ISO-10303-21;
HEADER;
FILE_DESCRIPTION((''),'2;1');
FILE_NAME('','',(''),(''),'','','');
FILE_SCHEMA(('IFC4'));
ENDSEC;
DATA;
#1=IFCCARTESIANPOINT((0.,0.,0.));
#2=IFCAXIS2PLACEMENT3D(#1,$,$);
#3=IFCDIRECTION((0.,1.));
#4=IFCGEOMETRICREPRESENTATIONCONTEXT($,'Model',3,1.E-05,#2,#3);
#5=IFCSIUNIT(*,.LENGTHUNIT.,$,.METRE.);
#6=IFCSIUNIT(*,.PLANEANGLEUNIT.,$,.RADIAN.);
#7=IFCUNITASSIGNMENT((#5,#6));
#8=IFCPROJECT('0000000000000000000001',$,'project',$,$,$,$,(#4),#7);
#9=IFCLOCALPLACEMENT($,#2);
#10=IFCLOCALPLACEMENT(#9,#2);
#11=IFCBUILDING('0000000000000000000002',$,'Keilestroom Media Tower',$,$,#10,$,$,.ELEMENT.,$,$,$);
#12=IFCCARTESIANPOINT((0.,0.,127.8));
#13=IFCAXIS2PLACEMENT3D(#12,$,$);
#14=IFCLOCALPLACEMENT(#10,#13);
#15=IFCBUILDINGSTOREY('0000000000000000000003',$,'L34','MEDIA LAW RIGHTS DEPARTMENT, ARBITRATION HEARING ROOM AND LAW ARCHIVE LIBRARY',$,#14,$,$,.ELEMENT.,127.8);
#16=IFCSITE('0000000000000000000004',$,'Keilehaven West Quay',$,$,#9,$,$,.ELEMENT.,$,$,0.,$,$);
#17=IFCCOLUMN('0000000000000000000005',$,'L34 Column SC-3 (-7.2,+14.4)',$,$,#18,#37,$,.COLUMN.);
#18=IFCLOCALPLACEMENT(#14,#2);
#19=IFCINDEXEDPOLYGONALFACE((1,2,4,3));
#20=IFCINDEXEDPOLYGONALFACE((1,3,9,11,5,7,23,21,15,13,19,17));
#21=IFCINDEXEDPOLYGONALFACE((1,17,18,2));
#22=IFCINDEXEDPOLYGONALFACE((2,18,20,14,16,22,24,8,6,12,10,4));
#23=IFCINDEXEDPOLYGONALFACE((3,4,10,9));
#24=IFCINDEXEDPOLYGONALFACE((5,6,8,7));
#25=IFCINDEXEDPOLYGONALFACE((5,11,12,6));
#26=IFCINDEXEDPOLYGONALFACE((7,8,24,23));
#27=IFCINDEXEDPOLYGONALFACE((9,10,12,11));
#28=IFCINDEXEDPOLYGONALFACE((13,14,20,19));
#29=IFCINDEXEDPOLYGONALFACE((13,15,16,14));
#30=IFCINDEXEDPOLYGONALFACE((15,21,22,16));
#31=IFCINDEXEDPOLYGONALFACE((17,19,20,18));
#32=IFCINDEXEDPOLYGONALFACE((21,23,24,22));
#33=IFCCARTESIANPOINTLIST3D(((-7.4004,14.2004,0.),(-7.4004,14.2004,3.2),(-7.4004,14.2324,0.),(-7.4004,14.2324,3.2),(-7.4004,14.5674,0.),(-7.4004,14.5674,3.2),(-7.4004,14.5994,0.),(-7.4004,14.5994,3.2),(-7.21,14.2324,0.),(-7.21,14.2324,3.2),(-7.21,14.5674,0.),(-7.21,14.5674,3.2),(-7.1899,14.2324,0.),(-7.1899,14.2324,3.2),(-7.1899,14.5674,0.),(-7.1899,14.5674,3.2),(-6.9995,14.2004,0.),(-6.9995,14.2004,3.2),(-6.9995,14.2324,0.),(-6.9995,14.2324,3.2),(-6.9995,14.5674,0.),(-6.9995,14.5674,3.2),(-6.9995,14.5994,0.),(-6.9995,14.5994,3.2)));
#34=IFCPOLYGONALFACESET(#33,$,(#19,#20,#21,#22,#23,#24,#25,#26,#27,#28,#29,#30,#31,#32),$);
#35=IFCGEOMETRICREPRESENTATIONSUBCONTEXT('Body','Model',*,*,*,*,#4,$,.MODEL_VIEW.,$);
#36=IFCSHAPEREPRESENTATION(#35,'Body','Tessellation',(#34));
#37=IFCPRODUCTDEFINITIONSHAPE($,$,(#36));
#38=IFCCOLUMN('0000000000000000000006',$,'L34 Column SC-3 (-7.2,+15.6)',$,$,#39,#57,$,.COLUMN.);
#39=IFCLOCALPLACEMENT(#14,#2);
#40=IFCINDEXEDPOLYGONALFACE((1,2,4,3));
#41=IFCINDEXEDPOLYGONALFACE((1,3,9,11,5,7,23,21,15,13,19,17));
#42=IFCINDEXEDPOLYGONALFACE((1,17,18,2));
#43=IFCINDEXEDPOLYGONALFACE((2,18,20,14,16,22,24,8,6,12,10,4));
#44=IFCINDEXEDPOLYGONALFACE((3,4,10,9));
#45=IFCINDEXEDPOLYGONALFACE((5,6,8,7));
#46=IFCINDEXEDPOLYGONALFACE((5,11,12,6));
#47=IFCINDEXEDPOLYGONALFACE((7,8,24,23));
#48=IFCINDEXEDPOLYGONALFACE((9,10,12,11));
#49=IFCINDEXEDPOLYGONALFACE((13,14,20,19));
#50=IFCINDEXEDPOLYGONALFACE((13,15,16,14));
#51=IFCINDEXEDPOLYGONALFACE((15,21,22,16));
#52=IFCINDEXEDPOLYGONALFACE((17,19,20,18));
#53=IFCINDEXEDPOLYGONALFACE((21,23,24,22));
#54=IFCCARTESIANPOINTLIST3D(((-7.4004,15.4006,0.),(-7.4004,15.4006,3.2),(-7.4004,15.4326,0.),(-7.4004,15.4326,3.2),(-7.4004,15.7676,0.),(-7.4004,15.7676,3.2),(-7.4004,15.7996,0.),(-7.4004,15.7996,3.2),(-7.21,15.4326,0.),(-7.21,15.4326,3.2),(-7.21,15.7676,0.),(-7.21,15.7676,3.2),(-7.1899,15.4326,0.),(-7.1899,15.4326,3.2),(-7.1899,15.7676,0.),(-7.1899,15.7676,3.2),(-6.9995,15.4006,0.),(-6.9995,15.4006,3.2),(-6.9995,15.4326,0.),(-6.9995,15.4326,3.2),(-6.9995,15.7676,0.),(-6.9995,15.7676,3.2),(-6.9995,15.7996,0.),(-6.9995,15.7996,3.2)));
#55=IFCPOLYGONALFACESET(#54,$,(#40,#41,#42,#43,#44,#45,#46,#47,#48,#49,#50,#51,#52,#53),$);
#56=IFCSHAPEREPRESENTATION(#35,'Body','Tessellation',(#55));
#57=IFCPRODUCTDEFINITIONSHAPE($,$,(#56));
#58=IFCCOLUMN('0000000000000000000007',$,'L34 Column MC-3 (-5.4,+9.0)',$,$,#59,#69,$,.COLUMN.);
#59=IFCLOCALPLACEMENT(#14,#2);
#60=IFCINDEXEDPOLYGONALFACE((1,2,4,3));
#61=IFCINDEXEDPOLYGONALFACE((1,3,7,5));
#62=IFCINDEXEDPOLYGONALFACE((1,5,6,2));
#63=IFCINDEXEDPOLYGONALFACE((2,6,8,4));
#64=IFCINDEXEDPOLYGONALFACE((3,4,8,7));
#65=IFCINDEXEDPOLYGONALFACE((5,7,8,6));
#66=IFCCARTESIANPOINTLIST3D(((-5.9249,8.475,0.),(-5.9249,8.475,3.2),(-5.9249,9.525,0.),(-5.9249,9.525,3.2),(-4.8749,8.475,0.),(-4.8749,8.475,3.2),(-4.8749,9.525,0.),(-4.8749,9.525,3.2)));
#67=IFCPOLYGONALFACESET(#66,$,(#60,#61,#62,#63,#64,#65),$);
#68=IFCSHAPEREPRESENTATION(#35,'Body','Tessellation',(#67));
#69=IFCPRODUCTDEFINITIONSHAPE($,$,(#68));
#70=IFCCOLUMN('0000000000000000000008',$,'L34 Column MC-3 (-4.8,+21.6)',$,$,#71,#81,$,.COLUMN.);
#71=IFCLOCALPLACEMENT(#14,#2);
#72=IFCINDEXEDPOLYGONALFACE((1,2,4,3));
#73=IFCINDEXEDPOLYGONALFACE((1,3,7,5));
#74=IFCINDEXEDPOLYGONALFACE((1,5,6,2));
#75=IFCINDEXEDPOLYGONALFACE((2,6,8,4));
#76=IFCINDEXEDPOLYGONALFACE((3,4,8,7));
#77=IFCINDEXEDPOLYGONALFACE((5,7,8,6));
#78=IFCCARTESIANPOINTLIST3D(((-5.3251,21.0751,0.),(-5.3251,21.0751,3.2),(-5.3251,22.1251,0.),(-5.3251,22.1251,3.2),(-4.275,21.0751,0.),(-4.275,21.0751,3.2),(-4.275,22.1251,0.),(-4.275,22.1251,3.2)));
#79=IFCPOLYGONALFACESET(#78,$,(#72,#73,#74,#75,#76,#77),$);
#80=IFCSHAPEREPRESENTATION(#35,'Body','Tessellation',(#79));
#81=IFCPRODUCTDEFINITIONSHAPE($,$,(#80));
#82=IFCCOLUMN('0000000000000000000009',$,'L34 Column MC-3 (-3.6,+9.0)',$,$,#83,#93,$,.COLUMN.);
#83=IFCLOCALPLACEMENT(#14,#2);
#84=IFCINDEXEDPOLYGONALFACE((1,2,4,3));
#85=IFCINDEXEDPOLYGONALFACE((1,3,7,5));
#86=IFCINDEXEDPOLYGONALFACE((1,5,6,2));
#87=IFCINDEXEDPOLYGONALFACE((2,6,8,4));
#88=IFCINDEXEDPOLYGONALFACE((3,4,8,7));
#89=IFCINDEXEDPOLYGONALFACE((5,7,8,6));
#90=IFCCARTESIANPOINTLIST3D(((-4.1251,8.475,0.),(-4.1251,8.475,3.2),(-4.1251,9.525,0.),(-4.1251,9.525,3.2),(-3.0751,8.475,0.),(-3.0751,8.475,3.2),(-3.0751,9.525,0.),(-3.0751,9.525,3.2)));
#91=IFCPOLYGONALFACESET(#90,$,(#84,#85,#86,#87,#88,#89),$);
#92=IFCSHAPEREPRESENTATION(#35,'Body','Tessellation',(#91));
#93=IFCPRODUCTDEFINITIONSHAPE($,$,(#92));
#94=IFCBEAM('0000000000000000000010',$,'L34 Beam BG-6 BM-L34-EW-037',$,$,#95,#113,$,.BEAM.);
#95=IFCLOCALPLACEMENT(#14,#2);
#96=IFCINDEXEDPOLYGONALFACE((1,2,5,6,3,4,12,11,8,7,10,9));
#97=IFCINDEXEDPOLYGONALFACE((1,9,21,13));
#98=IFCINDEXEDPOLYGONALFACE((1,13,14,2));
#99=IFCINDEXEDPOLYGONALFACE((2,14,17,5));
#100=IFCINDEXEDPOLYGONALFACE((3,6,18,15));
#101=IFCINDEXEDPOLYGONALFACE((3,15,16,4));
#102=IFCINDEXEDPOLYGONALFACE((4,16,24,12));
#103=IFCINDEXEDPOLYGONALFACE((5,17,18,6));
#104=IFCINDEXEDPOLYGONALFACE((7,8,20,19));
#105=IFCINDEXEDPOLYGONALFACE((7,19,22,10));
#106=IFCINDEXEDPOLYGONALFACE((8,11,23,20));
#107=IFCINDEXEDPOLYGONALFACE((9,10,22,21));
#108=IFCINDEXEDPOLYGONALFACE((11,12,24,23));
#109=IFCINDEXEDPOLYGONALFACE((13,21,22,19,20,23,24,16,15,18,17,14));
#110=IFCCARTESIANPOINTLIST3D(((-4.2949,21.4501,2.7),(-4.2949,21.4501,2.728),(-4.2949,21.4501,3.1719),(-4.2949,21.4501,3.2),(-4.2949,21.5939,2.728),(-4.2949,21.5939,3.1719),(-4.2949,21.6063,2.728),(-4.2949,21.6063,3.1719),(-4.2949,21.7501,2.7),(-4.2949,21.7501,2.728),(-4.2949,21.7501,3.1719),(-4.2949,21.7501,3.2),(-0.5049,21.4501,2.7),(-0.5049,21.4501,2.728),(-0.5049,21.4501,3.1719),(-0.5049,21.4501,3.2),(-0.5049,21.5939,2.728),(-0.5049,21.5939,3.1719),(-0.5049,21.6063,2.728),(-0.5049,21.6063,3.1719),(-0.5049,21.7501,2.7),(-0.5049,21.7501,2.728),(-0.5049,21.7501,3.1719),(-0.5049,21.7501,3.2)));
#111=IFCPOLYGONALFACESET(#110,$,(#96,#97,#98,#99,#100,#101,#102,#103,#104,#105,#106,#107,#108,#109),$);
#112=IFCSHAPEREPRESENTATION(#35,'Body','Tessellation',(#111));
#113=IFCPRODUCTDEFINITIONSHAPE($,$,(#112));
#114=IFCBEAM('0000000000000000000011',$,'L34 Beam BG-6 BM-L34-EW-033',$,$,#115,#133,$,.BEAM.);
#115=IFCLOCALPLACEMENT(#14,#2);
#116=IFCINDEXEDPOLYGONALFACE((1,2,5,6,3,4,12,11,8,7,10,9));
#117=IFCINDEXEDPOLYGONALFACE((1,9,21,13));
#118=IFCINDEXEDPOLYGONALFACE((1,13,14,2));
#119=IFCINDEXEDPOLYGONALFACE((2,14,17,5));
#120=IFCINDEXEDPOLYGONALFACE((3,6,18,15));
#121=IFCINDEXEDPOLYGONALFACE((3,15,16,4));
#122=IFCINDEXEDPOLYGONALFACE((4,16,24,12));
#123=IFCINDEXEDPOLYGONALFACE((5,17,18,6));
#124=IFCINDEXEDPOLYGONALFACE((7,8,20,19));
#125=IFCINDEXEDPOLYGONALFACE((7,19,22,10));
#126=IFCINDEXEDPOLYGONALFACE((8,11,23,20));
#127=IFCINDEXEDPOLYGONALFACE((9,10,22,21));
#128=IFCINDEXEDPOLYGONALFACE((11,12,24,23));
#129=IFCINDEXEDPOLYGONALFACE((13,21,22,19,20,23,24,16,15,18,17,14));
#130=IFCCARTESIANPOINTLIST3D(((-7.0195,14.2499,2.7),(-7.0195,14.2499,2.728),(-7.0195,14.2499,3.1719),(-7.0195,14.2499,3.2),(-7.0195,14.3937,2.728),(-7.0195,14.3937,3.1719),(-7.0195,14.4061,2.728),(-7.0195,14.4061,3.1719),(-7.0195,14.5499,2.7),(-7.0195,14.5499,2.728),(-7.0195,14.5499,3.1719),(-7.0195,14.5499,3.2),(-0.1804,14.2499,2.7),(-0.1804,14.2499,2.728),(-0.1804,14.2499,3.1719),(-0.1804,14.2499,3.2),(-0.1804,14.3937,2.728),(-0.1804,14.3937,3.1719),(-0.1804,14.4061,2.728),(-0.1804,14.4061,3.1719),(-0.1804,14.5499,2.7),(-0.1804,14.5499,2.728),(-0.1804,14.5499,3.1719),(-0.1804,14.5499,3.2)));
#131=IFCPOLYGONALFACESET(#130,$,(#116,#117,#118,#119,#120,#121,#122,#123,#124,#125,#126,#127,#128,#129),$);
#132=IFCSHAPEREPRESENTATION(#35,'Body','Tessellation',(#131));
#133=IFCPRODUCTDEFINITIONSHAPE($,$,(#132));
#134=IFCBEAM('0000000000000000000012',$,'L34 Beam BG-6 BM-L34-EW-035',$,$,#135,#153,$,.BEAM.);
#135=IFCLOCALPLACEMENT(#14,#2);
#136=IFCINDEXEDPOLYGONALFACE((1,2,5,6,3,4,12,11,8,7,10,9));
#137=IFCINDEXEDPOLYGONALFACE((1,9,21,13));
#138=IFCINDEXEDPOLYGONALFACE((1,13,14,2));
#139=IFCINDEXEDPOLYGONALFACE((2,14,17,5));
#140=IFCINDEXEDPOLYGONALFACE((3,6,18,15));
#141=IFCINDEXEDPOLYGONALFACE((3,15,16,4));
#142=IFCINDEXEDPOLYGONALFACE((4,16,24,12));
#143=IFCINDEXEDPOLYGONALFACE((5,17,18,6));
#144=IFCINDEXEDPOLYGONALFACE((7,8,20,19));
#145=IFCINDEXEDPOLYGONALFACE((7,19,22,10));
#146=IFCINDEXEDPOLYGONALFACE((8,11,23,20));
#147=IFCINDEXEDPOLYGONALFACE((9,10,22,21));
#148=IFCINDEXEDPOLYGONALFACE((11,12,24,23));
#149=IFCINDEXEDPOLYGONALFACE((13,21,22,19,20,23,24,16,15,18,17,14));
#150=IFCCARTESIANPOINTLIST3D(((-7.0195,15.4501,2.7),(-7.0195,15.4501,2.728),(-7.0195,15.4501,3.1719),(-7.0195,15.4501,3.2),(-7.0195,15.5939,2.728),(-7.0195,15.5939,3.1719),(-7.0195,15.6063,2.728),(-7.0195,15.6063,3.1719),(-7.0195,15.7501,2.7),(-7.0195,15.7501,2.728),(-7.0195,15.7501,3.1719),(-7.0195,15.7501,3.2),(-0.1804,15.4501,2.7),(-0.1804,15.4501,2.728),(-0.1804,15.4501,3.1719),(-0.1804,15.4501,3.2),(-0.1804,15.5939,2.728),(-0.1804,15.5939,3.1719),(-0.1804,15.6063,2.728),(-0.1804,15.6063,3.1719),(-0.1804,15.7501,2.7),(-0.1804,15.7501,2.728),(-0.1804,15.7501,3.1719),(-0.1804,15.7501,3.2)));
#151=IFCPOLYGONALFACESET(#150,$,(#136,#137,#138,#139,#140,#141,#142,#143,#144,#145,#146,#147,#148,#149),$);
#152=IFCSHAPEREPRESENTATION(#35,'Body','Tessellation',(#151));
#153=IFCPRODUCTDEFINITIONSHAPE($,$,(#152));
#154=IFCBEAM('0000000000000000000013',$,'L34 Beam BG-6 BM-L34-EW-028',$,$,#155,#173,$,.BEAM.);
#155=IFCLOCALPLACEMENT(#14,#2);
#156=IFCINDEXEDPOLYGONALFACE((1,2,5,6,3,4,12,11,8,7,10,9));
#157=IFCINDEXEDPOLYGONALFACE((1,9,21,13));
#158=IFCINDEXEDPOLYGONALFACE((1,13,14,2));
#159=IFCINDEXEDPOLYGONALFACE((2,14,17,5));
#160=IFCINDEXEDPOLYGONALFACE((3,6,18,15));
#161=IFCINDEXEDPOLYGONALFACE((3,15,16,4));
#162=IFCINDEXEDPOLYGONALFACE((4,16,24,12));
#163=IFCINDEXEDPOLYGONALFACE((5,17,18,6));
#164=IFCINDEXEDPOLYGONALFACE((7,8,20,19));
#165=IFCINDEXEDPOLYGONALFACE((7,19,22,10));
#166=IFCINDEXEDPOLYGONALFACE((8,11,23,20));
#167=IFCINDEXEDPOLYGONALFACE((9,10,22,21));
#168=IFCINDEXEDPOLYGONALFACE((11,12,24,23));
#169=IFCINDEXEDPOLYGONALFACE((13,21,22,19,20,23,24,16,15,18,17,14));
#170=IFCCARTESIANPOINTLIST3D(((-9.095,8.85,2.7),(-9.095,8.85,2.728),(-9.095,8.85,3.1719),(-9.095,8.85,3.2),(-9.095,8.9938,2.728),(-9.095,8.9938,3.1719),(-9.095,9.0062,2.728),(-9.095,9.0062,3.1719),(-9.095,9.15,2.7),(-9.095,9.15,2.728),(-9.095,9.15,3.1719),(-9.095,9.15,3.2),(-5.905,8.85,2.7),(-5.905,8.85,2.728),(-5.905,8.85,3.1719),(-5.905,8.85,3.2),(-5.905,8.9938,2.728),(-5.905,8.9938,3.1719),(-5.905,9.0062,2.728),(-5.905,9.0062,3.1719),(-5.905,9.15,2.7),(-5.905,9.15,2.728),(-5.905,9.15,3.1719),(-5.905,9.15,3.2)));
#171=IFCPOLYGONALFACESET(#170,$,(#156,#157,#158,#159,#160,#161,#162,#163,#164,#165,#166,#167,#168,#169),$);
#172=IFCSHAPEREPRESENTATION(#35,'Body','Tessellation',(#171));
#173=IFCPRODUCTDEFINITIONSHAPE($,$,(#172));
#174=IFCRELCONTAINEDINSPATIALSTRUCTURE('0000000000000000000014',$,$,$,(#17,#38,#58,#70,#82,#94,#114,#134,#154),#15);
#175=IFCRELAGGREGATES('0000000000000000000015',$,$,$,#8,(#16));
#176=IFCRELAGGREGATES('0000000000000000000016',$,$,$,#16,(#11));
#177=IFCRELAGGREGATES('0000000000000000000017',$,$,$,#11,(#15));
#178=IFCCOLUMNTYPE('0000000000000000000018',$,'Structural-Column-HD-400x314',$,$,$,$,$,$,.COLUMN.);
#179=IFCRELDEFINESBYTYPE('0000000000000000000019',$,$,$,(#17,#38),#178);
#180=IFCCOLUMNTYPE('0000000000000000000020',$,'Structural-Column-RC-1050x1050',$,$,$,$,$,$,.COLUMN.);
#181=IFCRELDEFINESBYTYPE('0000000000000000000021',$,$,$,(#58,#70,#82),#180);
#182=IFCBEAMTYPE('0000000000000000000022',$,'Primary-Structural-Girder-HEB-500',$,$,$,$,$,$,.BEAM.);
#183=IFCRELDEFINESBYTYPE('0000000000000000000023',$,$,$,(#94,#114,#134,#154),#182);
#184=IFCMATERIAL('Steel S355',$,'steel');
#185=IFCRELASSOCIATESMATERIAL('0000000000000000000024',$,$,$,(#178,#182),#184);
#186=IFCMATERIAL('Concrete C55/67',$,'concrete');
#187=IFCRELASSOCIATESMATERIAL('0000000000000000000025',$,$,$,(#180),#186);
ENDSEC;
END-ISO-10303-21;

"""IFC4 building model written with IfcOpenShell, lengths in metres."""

from ifc_helpers import new_model, si_unit, direction, frame, origin, origin_2d, place, context, subcontext, project, spatial, rectangle, i_section, extrude, source, transform, mapped, material, material_profile, profile_set, type_object, element, save


model = new_model("IFC4")

# Units and contexts
model_context = context("Model", 3, precision=1e-05, world=origin(), true_north=direction((0.0, 1.0)))
body_context = subcontext(model_context, "Body", "Model", "MODEL_VIEW")
ifc_project = project(units=[si_unit("LENGTHUNIT", "METRE"), si_unit("PLANEANGLEUNIT", "RADIAN")], contexts=[model_context])

# Site, building, storey
site_placement = place(None, origin())
site = spatial("IfcSite", under=ifc_project, at=site_placement, Name="Keilehaven West Quay", CompositionType="ELEMENT", RefElevation=0.0)
building_placement = place(site_placement, origin())
building = spatial("IfcBuilding", under=site, at=building_placement, Name="Keilestroom Media Tower", CompositionType="ELEMENT")
storey_placement = place(building_placement, frame((0.0, 0.0, 127.8)))
storey = spatial("IfcBuildingStorey", under=building, at=storey_placement, Name="L34", Description="MEDIA LAW RIGHTS DEPARTMENT, ARBITRATION HEARING ROOM AND LAW ARCHIVE LIBRARY", CompositionType="ELEMENT", Elevation=127.8)

# Columns
ifc_material_1 = material(Name="Steel S355", Category="steel")
ifc_material_profile_1 = material_profile(ifc_material_1, i_section(OverallWidth=0.4009, OverallDepth=0.3989, WebThickness=0.02, FlangeThickness=0.032, at=origin_2d()), Name="HD 400x314")
ifc_profile_set_1 = profile_set([ifc_material_profile_1], Name="Steel S355")
column_type_1 = type_object("IfcColumnType", Name="Structural-Column-HD-400x314", PredefinedType="COLUMN", material=ifc_profile_set_1)
shared_shape_1 = source(origin(), body_context, "Body", "SweptSolid", [
    extrude(i_section(OverallWidth=0.4009, OverallDepth=0.3989, WebThickness=0.02, FlangeThickness=0.032, at=origin_2d()), origin(), (0.0, 0.0, 1.0), 3.2),
])
for number, where, z_axis, x_axis, name in (
    (1, (-7.2, 14.3999, 0.0), (0.0, 0.0, 1.0), (1.0, 0.0, 0.0), "L34 Column SC-3 (-7.2,+14.4)"),
    (2, (-7.2, 15.6001, 0.0), (0.0, 0.0, 1.0), (1.0, 0.0, 0.0), "L34 Column SC-3 (-7.2,+15.6)"),
):
    element("IfcColumn", number, at=place(storey_placement, frame(where, z_axis=z_axis, x_axis=x_axis)), inside=storey, type_object=column_type_1, Name=name, PredefinedType="COLUMN", context=body_context, shape_type="MappedRepresentation", body=[
        mapped(shared_shape_1, transform((0.0, 0.0, 0.0), x_axis=(1.0, 0.0, 0.0), y_axis=(0.0, 1.0, 0.0), z_axis=(0.0, 0.0, 1.0), scale=1.0)),
    ])
ifc_material_2 = material(Name="Concrete C55/67", Category="concrete")
ifc_material_profile_2 = material_profile(ifc_material_2, rectangle(XDim=1.05, YDim=1.05, at=origin_2d()), Name="RC 1050x1050")
ifc_profile_set_2 = profile_set([ifc_material_profile_2], Name="Concrete C55/67")
column_type_2 = type_object("IfcColumnType", Name="Structural-Column-RC-1050x1050", PredefinedType="COLUMN", material=ifc_profile_set_2)
shared_shape_2 = source(origin(), body_context, "Body", "SweptSolid", [
    extrude(rectangle(XDim=1.05, YDim=1.05, at=origin_2d()), origin(), (0.0, 0.0, 1.0), 3.2),
])
for number, where, z_axis, x_axis, name in (
    (3, (-5.3999, 9.0, 0.0), (0.0, 0.0, 1.0), (1.0, 0.0, 0.0), "L34 Column MC-3 (-5.4,+9.0)"),
    (4, (-4.8, 21.6001, 0.0), (0.0, 0.0, 1.0), (1.0, 0.0, 0.0), "L34 Column MC-3 (-4.8,+21.6)"),
    (5, (-3.6001, 9.0, 0.0), (0.0, 0.0, 1.0), (1.0, 0.0, 0.0), "L34 Column MC-3 (-3.6,+9.0)"),
):
    element("IfcColumn", number, at=place(storey_placement, frame(where, z_axis=z_axis, x_axis=x_axis)), inside=storey, type_object=column_type_2, Name=name, PredefinedType="COLUMN", context=body_context, shape_type="MappedRepresentation", body=[
        mapped(shared_shape_2, transform((0.0, 0.0, 0.0), x_axis=(1.0, 0.0, 0.0), y_axis=(0.0, 1.0, 0.0), z_axis=(0.0, 0.0, 1.0), scale=1.0)),
    ])

# Beams
ifc_material_profile_3 = material_profile(ifc_material_1, i_section(OverallWidth=0.3, OverallDepth=0.5, WebThickness=0.0125, FlangeThickness=0.0281, at=origin_2d()), Name="HEB 500")
ifc_profile_set_3 = profile_set([ifc_material_profile_3], Name="Steel S355")
beam_type = type_object("IfcBeamType", Name="Primary-Structural-Girder-HEB-500", PredefinedType="BEAM", material=ifc_profile_set_3)
shared_shape_3 = source(origin(), body_context, "Body", "SweptSolid", [
    extrude(i_section(OverallWidth=0.3, OverallDepth=0.5, WebThickness=0.0125, FlangeThickness=0.0281, at=origin_2d()), origin(), (0.0, 0.0, 1.0), 3.79),
])
beam_1_placement = place(storey_placement, frame((-4.2949, 21.6001, 2.95), z_axis=(1.0, 0.0, 0.0), x_axis=(0.0, 1.0, 0.0)))
element("IfcBeam", 6, at=beam_1_placement, inside=storey, type_object=beam_type, Name="L34 Beam BG-6 BM-L34-EW-037", PredefinedType="BEAM", context=body_context, shape_type="MappedRepresentation", body=[
    mapped(shared_shape_3, transform((0.0, 0.0, 0.0), x_axis=(1.0, 0.0, 0.0), y_axis=(0.0, 1.0, 0.0), z_axis=(0.0, 0.0, 1.0), scale=1.0)),
])
shared_shape_4 = source(origin(), body_context, "Body", "SweptSolid", [
    extrude(i_section(OverallWidth=0.3, OverallDepth=0.5, WebThickness=0.0125, FlangeThickness=0.0281, at=origin_2d()), origin(), (0.0, 0.0, 1.0), 6.8391),
])
for number, where, z_axis, x_axis, name in (
    (7, (-7.0195, 14.3999, 2.95), (1.0, 0.0, 0.0), (0.0, 1.0, 0.0), "L34 Beam BG-6 BM-L34-EW-033"),
    (8, (-7.0195, 15.6001, 2.95), (1.0, 0.0, 0.0), (0.0, 1.0, 0.0), "L34 Beam BG-6 BM-L34-EW-035"),
):
    element("IfcBeam", number, at=place(storey_placement, frame(where, z_axis=z_axis, x_axis=x_axis)), inside=storey, type_object=beam_type, Name=name, PredefinedType="BEAM", context=body_context, shape_type="MappedRepresentation", body=[
        mapped(shared_shape_4, transform((0.0, 0.0, 0.0), x_axis=(1.0, 0.0, 0.0), y_axis=(0.0, 1.0, 0.0), z_axis=(0.0, 0.0, 1.0), scale=1.0)),
    ])
shared_shape_5 = source(origin(), body_context, "Body", "SweptSolid", [
    extrude(i_section(OverallWidth=0.3, OverallDepth=0.5, WebThickness=0.0125, FlangeThickness=0.0281, at=origin_2d()), origin(), (0.0, 0.0, 1.0), 3.1899),
])
beam_2_placement = place(storey_placement, frame((-9.095, 9.0, 2.95), z_axis=(1.0, 0.0, 0.0), x_axis=(0.0, 1.0, 0.0)))
element("IfcBeam", 9, at=beam_2_placement, inside=storey, type_object=beam_type, Name="L34 Beam BG-6 BM-L34-EW-028", PredefinedType="BEAM", context=body_context, shape_type="MappedRepresentation", body=[
    mapped(shared_shape_5, transform((0.0, 0.0, 0.0), x_axis=(1.0, 0.0, 0.0), y_axis=(0.0, 1.0, 0.0), z_axis=(0.0, 0.0, 1.0), scale=1.0)),
])

save(model, "model.ifc")
